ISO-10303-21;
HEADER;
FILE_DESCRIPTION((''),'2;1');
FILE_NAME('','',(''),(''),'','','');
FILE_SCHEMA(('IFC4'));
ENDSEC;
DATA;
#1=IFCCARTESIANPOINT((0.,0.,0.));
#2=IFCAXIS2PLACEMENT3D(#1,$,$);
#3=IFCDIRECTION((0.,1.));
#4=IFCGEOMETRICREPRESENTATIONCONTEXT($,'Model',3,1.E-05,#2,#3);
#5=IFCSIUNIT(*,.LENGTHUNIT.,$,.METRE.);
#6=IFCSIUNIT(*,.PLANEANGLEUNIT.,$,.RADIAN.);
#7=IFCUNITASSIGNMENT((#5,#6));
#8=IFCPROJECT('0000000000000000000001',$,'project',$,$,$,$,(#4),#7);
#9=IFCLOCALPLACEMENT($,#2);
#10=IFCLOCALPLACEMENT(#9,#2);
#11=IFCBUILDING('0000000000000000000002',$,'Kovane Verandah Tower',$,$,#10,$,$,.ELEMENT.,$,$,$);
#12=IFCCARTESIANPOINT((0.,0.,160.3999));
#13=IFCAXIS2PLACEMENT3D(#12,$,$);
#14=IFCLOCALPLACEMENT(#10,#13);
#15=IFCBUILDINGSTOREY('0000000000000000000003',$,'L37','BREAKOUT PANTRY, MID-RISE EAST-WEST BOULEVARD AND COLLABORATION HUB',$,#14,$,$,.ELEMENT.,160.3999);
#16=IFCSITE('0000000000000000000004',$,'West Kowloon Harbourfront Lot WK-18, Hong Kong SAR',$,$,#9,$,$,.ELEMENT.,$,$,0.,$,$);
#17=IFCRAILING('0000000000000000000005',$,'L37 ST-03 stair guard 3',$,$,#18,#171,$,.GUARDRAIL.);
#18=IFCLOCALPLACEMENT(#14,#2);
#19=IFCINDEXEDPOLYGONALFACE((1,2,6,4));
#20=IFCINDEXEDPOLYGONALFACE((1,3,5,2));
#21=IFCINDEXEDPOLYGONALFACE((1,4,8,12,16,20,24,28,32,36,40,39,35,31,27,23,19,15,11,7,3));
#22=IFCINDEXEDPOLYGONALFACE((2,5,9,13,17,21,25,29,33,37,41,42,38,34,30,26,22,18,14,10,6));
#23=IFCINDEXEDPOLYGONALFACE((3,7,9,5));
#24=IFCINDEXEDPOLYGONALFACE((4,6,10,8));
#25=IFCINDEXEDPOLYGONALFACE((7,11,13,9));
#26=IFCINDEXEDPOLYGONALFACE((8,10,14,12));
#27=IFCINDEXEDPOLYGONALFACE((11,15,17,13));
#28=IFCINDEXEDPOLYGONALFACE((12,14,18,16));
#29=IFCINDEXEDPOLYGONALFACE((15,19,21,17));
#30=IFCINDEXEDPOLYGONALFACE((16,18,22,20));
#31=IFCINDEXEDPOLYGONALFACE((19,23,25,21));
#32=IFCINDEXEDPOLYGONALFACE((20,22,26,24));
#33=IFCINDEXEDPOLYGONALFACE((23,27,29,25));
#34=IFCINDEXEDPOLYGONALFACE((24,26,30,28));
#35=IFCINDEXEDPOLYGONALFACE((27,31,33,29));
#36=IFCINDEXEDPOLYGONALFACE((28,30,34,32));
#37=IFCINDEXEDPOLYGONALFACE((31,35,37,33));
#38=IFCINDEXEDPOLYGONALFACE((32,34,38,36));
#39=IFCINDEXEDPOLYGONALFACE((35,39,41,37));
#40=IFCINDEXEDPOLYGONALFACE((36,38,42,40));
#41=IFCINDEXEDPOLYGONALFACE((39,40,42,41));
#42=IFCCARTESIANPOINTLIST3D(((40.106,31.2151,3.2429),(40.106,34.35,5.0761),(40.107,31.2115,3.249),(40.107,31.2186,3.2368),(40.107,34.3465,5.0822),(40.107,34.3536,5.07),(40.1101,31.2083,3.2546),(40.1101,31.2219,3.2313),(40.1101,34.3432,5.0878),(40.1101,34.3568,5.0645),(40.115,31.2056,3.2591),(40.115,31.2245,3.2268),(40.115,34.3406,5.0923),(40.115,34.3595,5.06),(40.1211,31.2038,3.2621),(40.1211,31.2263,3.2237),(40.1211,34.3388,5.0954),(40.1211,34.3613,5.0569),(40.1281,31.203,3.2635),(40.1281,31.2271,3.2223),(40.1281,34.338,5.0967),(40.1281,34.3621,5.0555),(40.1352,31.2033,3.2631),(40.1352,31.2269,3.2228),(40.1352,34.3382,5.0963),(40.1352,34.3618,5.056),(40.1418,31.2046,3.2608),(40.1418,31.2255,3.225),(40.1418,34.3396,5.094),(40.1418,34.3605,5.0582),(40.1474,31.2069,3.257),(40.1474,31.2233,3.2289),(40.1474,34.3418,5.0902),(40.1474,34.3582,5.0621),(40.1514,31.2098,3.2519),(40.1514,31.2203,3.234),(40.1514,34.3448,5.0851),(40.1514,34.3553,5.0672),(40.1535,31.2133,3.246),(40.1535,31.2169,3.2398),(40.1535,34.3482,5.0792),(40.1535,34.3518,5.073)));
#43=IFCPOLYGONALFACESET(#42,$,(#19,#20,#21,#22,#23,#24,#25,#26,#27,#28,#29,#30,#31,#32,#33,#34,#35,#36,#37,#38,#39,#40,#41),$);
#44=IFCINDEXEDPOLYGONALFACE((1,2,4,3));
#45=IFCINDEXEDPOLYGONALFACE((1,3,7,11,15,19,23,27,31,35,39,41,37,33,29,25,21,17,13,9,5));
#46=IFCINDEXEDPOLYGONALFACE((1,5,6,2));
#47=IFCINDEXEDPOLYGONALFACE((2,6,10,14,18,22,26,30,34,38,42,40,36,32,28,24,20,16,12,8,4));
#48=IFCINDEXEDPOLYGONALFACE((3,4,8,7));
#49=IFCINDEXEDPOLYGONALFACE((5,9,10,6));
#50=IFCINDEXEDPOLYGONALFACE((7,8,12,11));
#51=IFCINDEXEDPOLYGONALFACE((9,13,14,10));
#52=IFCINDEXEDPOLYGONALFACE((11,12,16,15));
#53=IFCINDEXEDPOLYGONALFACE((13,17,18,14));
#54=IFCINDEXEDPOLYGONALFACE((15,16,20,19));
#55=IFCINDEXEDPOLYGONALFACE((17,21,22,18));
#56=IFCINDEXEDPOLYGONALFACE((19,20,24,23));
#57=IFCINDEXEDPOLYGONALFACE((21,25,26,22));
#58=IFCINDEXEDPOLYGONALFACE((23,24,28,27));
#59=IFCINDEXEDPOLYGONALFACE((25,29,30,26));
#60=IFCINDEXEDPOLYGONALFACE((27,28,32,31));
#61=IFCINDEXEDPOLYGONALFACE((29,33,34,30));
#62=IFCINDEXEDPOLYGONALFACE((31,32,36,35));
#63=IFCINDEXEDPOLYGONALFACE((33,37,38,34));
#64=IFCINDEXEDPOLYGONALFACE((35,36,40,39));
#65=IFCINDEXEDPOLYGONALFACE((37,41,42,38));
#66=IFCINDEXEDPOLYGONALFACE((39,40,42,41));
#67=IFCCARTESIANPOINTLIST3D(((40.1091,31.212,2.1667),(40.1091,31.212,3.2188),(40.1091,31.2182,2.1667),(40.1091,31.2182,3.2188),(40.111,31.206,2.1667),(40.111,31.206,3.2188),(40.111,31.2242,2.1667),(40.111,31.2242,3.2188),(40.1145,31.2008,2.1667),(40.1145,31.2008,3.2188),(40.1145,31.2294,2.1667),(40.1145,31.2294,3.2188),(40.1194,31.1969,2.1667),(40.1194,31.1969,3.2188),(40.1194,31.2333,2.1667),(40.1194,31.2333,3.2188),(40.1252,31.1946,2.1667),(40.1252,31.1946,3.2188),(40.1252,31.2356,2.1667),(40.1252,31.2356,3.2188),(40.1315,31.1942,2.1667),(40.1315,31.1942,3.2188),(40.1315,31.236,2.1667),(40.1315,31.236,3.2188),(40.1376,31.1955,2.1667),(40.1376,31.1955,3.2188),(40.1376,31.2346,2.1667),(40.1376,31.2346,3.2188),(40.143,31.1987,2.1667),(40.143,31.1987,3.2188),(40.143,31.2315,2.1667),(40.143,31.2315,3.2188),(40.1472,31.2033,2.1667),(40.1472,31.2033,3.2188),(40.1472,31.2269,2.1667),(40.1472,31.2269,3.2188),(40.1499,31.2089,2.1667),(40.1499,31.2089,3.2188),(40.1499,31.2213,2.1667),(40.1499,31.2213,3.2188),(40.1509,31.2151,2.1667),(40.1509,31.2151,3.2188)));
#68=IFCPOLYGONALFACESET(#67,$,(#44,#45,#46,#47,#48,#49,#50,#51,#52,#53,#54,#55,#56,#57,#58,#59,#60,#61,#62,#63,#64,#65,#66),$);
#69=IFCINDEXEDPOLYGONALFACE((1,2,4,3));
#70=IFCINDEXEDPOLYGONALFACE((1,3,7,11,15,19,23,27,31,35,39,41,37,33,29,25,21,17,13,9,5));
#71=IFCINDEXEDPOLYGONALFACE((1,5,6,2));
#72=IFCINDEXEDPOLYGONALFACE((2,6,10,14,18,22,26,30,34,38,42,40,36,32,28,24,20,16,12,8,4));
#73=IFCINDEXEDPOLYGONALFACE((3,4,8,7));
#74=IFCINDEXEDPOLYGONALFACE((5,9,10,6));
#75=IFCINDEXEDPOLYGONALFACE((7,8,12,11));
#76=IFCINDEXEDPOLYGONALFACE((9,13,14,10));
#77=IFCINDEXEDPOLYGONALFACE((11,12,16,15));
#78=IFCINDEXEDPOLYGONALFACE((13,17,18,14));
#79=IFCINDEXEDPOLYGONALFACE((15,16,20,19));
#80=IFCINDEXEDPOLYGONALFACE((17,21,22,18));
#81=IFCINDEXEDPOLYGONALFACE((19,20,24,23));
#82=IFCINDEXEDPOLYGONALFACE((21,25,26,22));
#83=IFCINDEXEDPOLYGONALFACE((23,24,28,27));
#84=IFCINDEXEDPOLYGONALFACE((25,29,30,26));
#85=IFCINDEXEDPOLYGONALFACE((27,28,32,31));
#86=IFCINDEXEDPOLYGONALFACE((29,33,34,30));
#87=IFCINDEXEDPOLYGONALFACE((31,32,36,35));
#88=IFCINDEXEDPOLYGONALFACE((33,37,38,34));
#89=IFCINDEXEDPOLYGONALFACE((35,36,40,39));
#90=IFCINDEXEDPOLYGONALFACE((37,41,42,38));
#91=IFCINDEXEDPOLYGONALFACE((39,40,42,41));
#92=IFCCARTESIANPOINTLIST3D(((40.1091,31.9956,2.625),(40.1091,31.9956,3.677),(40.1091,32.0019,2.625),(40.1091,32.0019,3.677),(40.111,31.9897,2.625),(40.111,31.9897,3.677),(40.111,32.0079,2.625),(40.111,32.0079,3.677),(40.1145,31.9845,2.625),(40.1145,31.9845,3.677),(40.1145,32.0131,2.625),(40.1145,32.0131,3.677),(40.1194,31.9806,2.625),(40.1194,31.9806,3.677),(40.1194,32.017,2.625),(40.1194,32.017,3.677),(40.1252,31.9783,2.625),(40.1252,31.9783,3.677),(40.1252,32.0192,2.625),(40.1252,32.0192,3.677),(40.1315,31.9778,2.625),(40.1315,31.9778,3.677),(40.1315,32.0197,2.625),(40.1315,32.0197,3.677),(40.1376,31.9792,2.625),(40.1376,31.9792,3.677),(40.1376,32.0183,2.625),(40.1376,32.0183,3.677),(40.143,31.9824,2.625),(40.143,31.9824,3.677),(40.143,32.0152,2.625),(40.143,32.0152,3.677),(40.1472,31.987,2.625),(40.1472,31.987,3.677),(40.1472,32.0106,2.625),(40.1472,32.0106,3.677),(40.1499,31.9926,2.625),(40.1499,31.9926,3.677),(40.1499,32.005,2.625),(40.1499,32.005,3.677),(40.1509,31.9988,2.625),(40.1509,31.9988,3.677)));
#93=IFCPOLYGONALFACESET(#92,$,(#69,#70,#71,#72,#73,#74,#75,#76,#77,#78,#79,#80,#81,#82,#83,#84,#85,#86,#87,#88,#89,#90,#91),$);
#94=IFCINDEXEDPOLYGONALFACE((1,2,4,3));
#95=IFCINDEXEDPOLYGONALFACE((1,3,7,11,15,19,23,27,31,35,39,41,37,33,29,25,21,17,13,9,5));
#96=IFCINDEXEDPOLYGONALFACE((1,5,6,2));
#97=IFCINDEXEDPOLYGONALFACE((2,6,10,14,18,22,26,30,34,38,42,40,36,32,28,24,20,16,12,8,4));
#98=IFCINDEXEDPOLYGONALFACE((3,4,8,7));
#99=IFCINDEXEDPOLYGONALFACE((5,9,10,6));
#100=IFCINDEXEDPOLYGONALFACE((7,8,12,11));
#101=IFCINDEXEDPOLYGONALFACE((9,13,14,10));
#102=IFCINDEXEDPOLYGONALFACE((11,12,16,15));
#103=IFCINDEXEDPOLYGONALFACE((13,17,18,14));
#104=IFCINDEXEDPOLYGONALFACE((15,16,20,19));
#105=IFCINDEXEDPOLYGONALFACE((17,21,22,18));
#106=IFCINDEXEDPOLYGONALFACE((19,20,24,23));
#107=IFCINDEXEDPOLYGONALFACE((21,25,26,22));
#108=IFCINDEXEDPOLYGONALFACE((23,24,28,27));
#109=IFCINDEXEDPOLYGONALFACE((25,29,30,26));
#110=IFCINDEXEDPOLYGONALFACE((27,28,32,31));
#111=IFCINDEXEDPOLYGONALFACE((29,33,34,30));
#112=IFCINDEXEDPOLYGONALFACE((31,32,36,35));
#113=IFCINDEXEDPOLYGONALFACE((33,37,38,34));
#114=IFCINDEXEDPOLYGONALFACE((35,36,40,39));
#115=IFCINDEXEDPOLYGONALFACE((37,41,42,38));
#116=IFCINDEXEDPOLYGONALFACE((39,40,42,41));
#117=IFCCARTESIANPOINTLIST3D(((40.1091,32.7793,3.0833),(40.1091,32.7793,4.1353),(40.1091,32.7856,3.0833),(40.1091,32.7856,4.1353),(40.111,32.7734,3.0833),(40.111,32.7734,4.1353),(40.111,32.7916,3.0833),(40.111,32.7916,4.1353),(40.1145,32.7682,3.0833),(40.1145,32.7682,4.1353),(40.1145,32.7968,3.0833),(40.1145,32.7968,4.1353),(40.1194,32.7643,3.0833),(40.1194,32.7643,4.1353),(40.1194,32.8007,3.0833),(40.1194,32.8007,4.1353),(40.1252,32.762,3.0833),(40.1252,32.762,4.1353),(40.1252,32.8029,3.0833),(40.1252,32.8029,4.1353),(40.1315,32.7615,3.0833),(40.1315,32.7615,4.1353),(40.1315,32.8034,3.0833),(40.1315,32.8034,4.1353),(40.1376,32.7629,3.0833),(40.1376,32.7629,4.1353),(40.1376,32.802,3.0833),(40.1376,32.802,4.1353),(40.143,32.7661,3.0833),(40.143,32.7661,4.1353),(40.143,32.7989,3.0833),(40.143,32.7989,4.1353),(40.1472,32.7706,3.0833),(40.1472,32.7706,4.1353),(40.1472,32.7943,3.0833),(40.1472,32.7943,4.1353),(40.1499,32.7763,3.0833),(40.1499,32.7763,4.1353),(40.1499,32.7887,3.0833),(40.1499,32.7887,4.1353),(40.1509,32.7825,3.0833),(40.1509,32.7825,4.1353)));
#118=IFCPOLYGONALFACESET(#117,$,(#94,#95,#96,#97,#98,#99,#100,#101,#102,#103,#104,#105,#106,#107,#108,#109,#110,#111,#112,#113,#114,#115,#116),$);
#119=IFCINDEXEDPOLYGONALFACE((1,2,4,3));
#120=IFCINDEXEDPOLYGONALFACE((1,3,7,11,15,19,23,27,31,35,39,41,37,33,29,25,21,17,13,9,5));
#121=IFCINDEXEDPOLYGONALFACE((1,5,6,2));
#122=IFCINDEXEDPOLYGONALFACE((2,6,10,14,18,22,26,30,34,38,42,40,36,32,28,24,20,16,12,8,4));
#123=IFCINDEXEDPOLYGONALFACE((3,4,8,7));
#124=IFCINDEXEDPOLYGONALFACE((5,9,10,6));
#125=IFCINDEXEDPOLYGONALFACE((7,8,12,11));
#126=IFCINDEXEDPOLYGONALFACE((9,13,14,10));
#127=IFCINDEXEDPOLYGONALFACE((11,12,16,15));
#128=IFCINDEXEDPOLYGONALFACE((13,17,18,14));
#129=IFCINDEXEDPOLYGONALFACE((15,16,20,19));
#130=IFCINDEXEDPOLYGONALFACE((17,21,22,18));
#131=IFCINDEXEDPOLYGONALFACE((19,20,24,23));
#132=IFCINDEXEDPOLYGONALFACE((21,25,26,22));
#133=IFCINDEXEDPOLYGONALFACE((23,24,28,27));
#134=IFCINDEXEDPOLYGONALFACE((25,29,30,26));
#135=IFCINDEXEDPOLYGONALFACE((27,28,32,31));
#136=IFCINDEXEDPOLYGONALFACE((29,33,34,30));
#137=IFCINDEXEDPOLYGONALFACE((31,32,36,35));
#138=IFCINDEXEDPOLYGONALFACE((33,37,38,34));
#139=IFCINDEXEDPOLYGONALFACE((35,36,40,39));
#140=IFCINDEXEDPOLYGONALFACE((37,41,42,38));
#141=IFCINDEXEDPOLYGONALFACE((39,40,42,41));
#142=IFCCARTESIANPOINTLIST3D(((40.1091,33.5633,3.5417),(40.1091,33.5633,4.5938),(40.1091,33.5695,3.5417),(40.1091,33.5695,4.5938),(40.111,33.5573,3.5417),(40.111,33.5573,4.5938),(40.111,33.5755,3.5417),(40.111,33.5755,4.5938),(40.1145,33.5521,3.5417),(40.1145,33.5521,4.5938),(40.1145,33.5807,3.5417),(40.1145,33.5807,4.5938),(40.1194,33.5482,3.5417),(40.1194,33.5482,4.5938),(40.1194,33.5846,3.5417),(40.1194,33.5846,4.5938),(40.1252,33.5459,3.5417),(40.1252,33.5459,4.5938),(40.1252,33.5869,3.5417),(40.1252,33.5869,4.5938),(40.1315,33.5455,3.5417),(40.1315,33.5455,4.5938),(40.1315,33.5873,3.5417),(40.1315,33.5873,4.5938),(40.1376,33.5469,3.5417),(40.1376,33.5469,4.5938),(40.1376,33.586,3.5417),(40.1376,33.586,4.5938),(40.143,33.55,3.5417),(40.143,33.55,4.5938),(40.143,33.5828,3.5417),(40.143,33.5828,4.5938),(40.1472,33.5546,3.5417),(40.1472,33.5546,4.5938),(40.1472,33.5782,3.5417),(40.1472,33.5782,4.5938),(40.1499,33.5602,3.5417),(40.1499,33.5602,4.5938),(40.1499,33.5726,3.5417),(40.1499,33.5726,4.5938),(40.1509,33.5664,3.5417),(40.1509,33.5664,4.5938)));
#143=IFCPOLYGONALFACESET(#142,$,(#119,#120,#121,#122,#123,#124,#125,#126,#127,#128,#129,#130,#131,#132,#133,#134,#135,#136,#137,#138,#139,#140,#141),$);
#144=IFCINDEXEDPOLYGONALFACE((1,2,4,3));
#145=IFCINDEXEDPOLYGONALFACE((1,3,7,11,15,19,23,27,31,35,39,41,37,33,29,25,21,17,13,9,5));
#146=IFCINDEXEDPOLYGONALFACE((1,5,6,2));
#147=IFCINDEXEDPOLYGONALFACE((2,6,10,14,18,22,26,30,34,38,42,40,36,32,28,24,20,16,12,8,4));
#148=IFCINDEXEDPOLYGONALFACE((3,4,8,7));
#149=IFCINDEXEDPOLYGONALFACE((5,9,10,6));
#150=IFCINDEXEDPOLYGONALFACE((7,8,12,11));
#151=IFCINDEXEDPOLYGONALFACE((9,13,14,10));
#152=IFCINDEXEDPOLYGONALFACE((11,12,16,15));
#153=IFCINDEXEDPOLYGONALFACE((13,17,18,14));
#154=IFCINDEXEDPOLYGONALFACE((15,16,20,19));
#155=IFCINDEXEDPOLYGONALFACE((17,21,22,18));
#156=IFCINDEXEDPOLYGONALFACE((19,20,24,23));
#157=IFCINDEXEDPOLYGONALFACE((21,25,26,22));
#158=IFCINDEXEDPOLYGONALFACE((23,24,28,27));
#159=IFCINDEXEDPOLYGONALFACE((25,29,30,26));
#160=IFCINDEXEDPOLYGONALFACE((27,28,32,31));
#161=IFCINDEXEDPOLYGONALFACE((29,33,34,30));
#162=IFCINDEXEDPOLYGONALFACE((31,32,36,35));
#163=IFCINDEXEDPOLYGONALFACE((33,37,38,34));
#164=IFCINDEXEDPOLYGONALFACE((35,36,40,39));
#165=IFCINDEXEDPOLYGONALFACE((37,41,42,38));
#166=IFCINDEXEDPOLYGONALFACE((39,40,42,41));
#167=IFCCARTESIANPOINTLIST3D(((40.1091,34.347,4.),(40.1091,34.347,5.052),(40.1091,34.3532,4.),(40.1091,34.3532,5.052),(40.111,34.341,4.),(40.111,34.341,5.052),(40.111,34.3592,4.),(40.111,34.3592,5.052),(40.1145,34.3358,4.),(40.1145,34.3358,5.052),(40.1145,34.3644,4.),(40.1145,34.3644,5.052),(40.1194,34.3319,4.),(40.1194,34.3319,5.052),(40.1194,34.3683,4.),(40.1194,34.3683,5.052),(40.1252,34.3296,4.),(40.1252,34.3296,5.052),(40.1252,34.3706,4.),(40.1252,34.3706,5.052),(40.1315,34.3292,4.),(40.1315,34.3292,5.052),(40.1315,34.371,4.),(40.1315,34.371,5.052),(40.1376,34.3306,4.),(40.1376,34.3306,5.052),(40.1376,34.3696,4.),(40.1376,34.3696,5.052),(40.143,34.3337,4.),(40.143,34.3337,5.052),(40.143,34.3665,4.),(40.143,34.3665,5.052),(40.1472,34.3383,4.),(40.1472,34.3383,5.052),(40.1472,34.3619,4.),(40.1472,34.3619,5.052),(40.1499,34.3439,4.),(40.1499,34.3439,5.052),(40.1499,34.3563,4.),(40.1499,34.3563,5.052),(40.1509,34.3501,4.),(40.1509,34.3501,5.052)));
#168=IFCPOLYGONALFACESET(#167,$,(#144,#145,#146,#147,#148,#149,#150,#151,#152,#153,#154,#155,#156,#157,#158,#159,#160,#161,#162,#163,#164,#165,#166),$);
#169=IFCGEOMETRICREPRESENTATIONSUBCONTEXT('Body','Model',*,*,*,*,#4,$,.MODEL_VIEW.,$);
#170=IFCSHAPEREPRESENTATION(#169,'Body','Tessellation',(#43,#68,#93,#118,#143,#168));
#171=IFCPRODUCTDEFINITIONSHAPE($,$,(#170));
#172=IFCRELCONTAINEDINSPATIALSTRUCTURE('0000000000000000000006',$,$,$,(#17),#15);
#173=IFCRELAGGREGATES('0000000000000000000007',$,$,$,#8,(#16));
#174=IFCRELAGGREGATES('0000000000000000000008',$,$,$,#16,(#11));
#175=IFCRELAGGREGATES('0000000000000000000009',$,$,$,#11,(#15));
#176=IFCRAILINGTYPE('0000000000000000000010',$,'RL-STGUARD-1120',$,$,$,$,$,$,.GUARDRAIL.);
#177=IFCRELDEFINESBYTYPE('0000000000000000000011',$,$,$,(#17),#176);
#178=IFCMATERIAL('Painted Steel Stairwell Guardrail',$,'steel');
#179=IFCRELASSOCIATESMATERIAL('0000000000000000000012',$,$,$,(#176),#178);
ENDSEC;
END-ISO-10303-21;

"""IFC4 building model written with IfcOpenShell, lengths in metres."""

from ifc_helpers import new_model, si_unit, direction, frame, origin, origin_2d, place, context, subcontext, project, spatial, circle, extrude, material, type_object, element, save


model = new_model("IFC4")

# Units and contexts
model_context = context("Model", 3, precision=1e-05, world=origin(), true_north=direction((0.0, 1.0)))
body_context = subcontext(model_context, "Body", "Model", "MODEL_VIEW")
ifc_project = project(units=[si_unit("LENGTHUNIT", "METRE"), si_unit("PLANEANGLEUNIT", "RADIAN")], contexts=[model_context])

# Site, building, storey
site_placement = place(None, origin())
site = spatial("IfcSite", under=ifc_project, at=site_placement, Name="West Kowloon Harbourfront Lot WK-18, Hong Kong SAR", CompositionType="ELEMENT", RefElevation=0.0)
building_placement = place(site_placement, origin())
building = spatial("IfcBuilding", under=site, at=building_placement, Name="Kovane Verandah Tower", CompositionType="ELEMENT")
storey_placement = place(building_placement, frame((0.0, 0.0, 160.3999)))
storey = spatial("IfcBuildingStorey", under=building, at=storey_placement, Name="L37", Description="BREAKOUT PANTRY, MID-RISE EAST-WEST BOULEVARD AND COLLABORATION HUB", CompositionType="ELEMENT", Elevation=160.3999)

# Railing
ifc_material_1 = material(Name="Painted Steel Stairwell Guardrail", Category="steel")
railing_type_1 = type_object("IfcRailingType", Name="RL-STGUARD-1120", PredefinedType="GUARDRAIL", material=ifc_material_1)
railing_1_placement = place(storey_placement, frame((40.1299, 31.2151, 2.1667)))
element("IfcRailing", 1, at=railing_1_placement, inside=storey, type_object=railing_type_1, Name="L37 ST-03 stair guard 3", PredefinedType="GUARDRAIL", context=body_context, shape_type="SweptSolid", body=[
    extrude(circle(Radius=0.0239, at=origin_2d()), frame((0.0, 0.0, 1.0762), z_axis=(0.0, 0.86324, 0.504794), x_axis=(-1.0, 0.0, 0.0)), (0.0, 0.0, 1.0), 3.6316),
    extrude(circle(Radius=0.021, at=origin_2d()), origin(), (0.0, 0.0, 1.0), 1.052),
    extrude(circle(Radius=0.021, at=origin_2d()), frame((0.0, 0.7837, 0.4583)), (0.0, 0.0, 1.0), 1.052),
    extrude(circle(Radius=0.021, at=origin_2d()), frame((0.0, 1.5674, 0.9165)), (0.0, 0.0, 1.0), 1.052),
    extrude(circle(Radius=0.021, at=origin_2d()), frame((0.0, 2.3513, 1.375)), (0.0, 0.0, 1.0), 1.052),
    extrude(circle(Radius=0.021, at=origin_2d()), frame((0.0, 3.135, 1.8333)), (0.0, 0.0, 1.0), 1.052),
])

save(model, "model.ifc")
